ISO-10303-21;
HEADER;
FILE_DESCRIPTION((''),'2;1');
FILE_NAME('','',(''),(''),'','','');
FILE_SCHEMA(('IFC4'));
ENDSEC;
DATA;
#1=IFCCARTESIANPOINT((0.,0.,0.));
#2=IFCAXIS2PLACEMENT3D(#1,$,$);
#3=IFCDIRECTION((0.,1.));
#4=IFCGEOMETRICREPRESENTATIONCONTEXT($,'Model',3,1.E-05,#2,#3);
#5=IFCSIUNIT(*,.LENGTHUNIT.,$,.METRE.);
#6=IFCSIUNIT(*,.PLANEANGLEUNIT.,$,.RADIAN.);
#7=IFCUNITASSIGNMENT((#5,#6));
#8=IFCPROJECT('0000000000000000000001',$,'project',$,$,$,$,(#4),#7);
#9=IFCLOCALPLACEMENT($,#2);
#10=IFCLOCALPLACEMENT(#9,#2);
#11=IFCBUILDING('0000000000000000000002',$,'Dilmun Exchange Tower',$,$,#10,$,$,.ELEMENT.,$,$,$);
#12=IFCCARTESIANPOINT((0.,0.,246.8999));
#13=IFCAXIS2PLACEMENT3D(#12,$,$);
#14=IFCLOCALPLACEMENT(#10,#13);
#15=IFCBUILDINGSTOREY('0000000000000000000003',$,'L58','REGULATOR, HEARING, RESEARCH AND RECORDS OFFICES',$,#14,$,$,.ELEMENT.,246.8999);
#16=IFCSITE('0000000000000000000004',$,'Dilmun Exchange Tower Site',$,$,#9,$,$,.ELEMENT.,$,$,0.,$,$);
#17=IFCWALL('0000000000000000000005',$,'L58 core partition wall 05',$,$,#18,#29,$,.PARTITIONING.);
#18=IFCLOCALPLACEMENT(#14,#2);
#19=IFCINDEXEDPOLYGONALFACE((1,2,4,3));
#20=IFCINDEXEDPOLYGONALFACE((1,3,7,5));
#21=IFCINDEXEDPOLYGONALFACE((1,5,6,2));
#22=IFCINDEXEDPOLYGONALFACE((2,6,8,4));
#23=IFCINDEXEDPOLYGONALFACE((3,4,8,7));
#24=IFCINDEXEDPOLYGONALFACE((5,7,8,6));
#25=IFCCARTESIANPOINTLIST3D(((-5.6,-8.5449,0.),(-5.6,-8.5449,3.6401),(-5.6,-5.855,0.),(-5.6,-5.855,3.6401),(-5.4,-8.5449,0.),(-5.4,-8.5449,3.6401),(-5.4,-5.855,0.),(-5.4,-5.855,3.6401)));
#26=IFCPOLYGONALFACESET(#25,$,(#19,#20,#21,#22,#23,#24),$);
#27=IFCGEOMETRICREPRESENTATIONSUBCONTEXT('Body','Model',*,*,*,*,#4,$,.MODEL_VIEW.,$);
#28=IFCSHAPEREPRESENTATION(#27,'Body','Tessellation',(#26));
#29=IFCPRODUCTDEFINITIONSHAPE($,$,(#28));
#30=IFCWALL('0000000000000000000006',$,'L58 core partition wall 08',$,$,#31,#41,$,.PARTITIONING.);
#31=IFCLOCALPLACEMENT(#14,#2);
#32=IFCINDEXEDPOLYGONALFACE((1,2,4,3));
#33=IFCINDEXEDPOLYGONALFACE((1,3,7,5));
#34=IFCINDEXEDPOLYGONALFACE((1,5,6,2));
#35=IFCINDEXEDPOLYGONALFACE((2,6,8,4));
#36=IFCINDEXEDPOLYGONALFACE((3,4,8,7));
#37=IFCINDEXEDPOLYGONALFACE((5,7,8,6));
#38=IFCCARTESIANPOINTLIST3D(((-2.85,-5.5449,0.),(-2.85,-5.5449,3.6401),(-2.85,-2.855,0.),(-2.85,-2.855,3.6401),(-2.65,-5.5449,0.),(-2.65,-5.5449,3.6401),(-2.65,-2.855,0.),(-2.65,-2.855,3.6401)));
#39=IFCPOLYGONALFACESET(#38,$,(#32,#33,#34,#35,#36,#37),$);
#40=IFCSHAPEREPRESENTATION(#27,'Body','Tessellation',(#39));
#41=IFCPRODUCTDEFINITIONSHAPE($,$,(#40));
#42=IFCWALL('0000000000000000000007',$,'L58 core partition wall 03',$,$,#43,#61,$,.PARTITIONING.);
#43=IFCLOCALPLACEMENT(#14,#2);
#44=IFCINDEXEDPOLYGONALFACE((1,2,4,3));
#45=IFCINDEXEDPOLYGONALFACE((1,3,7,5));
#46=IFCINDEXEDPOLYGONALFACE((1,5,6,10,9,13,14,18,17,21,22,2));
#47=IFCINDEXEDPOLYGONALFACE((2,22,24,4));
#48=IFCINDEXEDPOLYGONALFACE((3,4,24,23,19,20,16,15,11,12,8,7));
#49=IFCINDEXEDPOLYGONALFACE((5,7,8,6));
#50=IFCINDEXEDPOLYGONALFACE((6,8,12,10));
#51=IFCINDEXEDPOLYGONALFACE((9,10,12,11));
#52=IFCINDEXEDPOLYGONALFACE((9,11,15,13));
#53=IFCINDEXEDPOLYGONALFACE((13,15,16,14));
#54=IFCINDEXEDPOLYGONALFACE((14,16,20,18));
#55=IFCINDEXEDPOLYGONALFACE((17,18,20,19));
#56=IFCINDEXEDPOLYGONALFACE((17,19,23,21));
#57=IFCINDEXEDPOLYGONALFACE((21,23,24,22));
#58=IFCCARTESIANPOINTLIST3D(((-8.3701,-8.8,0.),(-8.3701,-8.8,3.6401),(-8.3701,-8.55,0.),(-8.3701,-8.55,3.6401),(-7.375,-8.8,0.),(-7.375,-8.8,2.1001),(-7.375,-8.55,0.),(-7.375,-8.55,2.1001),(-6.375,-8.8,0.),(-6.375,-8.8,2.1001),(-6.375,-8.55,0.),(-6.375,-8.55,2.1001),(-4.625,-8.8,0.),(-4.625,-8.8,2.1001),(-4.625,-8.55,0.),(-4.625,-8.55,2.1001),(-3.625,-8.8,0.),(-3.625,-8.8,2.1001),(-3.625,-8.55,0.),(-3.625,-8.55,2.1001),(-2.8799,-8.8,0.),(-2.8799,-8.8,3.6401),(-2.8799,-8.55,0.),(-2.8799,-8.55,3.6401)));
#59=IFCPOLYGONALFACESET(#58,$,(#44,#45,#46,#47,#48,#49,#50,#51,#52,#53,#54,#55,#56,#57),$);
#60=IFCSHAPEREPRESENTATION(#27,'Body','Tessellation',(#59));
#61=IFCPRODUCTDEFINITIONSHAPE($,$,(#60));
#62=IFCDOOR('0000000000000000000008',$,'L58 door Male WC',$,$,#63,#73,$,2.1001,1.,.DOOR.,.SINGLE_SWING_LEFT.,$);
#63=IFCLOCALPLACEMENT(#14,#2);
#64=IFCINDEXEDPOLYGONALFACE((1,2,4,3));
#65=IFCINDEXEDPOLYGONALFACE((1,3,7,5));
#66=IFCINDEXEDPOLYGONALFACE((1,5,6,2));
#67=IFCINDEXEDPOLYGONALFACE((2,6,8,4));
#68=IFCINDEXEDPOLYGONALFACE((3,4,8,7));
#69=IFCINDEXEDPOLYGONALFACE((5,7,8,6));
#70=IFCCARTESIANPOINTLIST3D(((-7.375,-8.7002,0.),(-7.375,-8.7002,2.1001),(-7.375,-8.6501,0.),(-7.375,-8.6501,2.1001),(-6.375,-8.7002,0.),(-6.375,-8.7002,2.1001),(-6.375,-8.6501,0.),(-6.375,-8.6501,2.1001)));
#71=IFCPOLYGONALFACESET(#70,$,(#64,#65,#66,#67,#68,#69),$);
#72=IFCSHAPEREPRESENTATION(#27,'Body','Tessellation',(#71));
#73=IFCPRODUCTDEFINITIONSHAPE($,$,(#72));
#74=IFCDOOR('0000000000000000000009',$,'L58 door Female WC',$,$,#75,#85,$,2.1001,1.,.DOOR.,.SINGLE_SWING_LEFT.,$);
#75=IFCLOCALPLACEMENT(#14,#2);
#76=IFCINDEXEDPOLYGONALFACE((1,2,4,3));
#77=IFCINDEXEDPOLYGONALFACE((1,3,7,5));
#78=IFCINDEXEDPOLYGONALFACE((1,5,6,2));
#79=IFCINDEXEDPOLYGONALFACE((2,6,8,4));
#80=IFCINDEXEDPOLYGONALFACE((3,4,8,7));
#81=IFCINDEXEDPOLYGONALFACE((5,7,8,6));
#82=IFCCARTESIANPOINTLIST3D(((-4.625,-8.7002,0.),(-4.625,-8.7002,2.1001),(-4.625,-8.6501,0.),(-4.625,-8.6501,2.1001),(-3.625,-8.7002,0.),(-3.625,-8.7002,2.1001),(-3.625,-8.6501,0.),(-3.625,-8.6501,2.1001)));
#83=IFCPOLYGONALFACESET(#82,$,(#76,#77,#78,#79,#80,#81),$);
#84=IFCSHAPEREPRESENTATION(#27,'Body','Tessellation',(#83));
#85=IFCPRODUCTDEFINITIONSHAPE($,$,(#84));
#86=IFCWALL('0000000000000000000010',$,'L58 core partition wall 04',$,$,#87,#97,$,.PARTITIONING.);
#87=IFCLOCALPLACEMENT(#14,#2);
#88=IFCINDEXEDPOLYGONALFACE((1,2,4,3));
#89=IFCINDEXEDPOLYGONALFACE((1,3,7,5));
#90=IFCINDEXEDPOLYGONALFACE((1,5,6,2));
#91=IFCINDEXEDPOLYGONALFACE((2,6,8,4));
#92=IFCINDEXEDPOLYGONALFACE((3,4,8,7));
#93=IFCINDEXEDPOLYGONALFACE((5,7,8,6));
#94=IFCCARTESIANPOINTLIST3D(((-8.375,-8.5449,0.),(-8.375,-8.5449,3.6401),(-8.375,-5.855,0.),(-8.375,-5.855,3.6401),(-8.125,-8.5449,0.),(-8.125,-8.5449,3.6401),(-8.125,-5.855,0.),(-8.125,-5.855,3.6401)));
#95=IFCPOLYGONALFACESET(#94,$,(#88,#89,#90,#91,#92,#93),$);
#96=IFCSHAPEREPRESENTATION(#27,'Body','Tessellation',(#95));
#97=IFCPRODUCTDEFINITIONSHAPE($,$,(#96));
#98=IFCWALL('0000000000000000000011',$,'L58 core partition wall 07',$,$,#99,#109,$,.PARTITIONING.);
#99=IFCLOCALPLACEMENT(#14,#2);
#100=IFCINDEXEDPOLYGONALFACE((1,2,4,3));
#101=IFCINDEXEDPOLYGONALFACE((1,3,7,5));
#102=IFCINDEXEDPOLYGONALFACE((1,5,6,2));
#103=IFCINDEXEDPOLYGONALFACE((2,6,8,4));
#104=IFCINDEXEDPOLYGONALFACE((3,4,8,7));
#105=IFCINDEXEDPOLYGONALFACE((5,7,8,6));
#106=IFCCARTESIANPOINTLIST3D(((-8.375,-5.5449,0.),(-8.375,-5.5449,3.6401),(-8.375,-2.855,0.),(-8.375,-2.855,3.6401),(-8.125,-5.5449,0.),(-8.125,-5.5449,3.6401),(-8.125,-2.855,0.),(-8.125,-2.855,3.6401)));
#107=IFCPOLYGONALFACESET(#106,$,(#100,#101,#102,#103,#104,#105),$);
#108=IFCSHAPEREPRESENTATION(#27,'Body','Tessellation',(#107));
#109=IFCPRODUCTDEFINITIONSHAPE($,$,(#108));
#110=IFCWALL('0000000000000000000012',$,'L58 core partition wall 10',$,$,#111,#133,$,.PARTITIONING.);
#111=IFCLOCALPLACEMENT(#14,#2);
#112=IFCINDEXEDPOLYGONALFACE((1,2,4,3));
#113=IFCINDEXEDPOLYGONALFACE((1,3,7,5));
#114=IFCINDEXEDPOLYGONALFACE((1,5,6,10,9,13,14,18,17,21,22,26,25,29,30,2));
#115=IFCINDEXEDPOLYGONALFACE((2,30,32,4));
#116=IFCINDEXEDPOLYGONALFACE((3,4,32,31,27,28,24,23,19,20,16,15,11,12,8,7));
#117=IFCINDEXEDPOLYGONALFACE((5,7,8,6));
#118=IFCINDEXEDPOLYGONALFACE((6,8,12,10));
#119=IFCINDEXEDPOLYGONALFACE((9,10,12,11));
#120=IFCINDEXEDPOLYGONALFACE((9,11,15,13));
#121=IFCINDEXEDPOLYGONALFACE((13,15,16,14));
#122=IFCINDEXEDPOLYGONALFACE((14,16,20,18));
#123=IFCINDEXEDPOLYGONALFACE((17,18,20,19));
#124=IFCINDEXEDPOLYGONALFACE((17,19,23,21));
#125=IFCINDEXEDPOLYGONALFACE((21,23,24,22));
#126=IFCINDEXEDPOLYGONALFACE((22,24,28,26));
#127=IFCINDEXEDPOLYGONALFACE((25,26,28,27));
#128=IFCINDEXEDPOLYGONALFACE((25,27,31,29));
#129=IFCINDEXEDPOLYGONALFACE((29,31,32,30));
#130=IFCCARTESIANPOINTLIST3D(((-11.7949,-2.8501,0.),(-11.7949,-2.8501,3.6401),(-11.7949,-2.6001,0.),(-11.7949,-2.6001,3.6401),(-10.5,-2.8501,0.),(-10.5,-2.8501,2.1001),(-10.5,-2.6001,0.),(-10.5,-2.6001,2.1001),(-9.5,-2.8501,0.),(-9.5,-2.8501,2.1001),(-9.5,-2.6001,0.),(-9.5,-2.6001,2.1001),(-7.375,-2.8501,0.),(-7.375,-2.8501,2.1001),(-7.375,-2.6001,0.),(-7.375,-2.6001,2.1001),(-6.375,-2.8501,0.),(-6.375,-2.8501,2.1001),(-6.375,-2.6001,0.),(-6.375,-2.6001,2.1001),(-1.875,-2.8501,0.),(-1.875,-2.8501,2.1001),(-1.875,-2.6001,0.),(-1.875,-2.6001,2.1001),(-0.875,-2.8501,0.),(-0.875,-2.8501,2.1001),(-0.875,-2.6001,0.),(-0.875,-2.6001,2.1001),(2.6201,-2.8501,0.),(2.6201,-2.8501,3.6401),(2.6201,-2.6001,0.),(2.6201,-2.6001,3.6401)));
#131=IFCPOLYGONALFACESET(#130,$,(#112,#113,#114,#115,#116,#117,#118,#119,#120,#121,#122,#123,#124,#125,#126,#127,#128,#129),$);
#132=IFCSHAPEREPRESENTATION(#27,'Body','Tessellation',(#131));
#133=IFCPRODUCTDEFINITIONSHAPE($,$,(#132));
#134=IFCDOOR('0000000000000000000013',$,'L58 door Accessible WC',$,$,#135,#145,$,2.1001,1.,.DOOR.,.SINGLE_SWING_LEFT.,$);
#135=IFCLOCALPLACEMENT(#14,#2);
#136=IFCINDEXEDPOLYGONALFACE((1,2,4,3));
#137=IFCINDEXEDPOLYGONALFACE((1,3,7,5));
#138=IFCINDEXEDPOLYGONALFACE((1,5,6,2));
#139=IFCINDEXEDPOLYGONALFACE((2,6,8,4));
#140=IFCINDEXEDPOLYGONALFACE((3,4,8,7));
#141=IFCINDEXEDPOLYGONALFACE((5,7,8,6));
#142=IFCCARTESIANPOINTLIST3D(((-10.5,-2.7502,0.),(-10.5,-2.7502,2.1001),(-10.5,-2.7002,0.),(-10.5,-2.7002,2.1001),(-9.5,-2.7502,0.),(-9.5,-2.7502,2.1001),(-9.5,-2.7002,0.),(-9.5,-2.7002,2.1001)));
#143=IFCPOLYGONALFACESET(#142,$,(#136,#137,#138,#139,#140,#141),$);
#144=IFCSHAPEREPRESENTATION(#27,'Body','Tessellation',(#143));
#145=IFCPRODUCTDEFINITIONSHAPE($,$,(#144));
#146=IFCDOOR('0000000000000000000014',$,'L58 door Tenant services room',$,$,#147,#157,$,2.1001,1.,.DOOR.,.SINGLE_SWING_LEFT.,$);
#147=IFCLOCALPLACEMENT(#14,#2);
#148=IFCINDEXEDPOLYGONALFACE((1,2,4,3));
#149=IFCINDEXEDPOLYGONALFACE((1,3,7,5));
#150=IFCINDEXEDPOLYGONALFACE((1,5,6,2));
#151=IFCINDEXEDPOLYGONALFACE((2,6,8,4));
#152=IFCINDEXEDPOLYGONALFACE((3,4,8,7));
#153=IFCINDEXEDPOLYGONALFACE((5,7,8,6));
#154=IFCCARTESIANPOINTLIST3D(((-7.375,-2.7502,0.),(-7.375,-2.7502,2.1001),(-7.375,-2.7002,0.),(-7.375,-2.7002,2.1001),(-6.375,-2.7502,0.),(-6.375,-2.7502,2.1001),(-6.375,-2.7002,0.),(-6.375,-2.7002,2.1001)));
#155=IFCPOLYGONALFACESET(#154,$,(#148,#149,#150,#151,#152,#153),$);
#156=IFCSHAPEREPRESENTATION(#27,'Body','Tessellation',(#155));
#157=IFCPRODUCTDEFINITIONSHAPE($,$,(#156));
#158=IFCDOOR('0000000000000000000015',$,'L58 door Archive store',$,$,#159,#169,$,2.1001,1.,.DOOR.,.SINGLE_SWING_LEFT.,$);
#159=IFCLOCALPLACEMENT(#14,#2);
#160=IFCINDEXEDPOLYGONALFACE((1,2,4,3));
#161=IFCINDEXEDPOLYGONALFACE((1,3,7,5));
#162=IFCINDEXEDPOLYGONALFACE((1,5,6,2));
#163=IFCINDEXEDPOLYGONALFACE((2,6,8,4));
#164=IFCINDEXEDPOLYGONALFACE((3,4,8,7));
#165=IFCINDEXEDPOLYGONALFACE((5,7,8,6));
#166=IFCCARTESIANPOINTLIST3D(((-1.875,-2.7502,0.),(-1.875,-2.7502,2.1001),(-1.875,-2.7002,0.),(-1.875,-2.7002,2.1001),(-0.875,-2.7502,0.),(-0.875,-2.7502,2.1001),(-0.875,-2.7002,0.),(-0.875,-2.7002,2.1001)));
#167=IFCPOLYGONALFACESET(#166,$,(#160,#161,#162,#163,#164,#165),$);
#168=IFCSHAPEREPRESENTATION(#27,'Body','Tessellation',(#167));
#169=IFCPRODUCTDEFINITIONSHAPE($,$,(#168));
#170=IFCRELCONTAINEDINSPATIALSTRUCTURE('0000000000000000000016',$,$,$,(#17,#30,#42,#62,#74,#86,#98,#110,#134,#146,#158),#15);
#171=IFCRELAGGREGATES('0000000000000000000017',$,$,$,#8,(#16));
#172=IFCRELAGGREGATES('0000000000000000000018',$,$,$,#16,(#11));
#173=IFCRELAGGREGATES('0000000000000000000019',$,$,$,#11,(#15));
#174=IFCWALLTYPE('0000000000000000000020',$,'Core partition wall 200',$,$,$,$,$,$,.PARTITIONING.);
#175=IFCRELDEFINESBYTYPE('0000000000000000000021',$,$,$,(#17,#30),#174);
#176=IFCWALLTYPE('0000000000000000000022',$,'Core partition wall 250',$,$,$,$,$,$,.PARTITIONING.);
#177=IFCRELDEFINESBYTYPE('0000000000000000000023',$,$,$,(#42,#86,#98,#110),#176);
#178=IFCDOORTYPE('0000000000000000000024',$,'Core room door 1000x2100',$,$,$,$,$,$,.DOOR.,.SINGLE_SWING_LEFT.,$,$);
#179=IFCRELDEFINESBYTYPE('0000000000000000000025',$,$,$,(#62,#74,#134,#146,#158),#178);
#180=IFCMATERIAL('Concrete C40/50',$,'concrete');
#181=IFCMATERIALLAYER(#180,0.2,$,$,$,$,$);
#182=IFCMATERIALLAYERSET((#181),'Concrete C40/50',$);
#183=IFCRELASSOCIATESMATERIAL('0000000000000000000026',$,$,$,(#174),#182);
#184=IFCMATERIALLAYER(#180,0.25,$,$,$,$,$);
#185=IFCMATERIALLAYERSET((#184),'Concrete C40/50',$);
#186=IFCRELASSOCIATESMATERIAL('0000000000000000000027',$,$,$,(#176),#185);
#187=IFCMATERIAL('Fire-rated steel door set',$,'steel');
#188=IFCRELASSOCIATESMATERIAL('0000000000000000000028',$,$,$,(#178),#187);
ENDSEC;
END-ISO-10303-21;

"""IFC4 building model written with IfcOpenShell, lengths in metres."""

from ifc_helpers import new_model, si_unit, direction, frame, frame_2d, origin, place, context, subcontext, project, spatial, rectangle, extrude, material, layer, layer_set, type_object, element, fill, save


model = new_model("IFC4")

# Units and contexts
model_context = context("Model", 3, precision=1e-05, world=origin(), true_north=direction((0.0, 1.0)))
body_context = subcontext(model_context, "Body", "Model", "MODEL_VIEW")
ifc_project = project(units=[si_unit("LENGTHUNIT", "METRE"), si_unit("PLANEANGLEUNIT", "RADIAN")], contexts=[model_context])

# Site, building, storey
site_placement = place(None, origin())
site = spatial("IfcSite", under=ifc_project, at=site_placement, Name="Dilmun Exchange Tower Site", CompositionType="ELEMENT", RefElevation=0.0)
building_placement = place(site_placement, origin())
building = spatial("IfcBuilding", under=site, at=building_placement, Name="Dilmun Exchange Tower", CompositionType="ELEMENT")
storey_placement = place(building_placement, frame((0.0, 0.0, 246.8999)))
storey = spatial("IfcBuildingStorey", under=building, at=storey_placement, Name="L58", Description="REGULATOR, HEARING, RESEARCH AND RECORDS OFFICES", CompositionType="ELEMENT", Elevation=246.8999)

# Walls
ifc_material_1 = material(Name="Concrete C40/50", Category="concrete")
ifc_layer_1 = layer(ifc_material_1, 0.2)
ifc_layer_set_1 = layer_set([ifc_layer_1], Name="Concrete C40/50")
wall_type_1 = type_object("IfcWallType", Name="Core partition wall 200", PredefinedType="PARTITIONING", material=ifc_layer_set_1)
for number, where, z_axis, x_axis, name in (
    (1, (-5.5, -8.5449, 0.0), (0.0, 0.0, 1.0), (0.0, 1.0, 0.0), "L58 core partition wall 05"),
    (2, (-2.75, -5.5449, 0.0), (0.0, 0.0, 1.0), (0.0, 1.0, 0.0), "L58 core partition wall 08"),
):
    element("IfcWall", number, at=place(storey_placement, frame(where, z_axis=z_axis, x_axis=x_axis)), inside=storey, type_object=wall_type_1, Name=name, PredefinedType="PARTITIONING", context=body_context, shape_type="SweptSolid", body=[
        extrude(rectangle(XDim=2.6899, YDim=0.2, at=frame_2d((1.345, 0.0))), origin(), (0.0, 0.0, 1.0), 3.6401),
    ])

# Wall, openings, doors
ifc_layer_2 = layer(ifc_material_1, 0.25)
ifc_layer_set_2 = layer_set([ifc_layer_2], Name="Concrete C40/50")
wall_type_2 = type_object("IfcWallType", Name="Core partition wall 250", PredefinedType="PARTITIONING", material=ifc_layer_set_2)
wall_1_placement = place(storey_placement, frame((-8.3701, -8.675, 0.0), z_axis=(0.0, 0.0, 1.0), x_axis=(1.0, 0.0, 0.0)))
wall_1 = element("IfcWall", 3, at=wall_1_placement, inside=storey, type_object=wall_type_2, Name="L58 core partition wall 03", PredefinedType="PARTITIONING", context=body_context, shape_type="SweptSolid", body=[
    extrude(rectangle(XDim=5.4902, YDim=0.25, at=frame_2d((2.7451, 0.0))), origin(), (0.0, 0.0, 1.0), 3.6401),
])
opening_1_placement = place(wall_1_placement, frame((0.9951, 0.0, 0.0)))
opening_1 = element("IfcOpeningElement", 4, at=opening_1_placement, cuts=wall_1, PredefinedType="OPENING", context=body_context, shape_type="SweptSolid", body=[
    extrude(rectangle(XDim=1.0, YDim=2.1001, at=frame_2d((0.5, 1.05))), frame((0.0, 0.135, 0.0), z_axis=(0.0, -1.0, 0.0), x_axis=(1.0, 0.0, 0.0)), (0.0, 0.0, 1.0), 0.27),
])
opening_2_placement = place(wall_1_placement, frame((3.7451, 0.0, 0.0)))
opening_2 = element("IfcOpeningElement", 5, at=opening_2_placement, cuts=wall_1, PredefinedType="OPENING", context=body_context, shape_type="SweptSolid", body=[
    extrude(rectangle(XDim=1.0, YDim=2.1001, at=frame_2d((0.5, 1.05))), frame((0.0, 0.135, 0.0), z_axis=(0.0, -1.0, 0.0), x_axis=(1.0, 0.0, 0.0)), (0.0, 0.0, 1.0), 0.27),
])
ifc_material_2 = material(Name="Fire-rated steel door set", Category="steel")
door_type_1 = type_object("IfcDoorType", Name="Core room door 1000x2100", OperationType="SINGLE_SWING_LEFT", PredefinedType="DOOR", material=ifc_material_2)
door_1_placement = place(opening_1_placement, origin())
door_1 = element("IfcDoor", 6, at=door_1_placement, inside=storey, type_object=door_type_1, Name="L58 door Male WC", OperationType="SINGLE_SWING_LEFT", OverallHeight=2.1001, OverallWidth=1.0, PredefinedType="DOOR", context=body_context, shape_type="SweptSolid", body=[
    extrude(rectangle(XDim=1.0, YDim=2.1001, at=frame_2d((0.5, 1.05))), frame((0.0, 0.0249, 0.0), z_axis=(0.0, -1.0, 0.0), x_axis=(1.0, 0.0, 0.0)), (0.0, 0.0, 1.0), 0.05),
])
fill(opening_1, door_1)
door_2_placement = place(opening_2_placement, origin())
door_2 = element("IfcDoor", 7, at=door_2_placement, inside=storey, type_object=door_type_1, Name="L58 door Female WC", OperationType="SINGLE_SWING_LEFT", OverallHeight=2.1001, OverallWidth=1.0, PredefinedType="DOOR", context=body_context, shape_type="SweptSolid", body=[
    extrude(rectangle(XDim=1.0, YDim=2.1001, at=frame_2d((0.5, 1.05))), frame((0.0, 0.0249, 0.0), z_axis=(0.0, -1.0, 0.0), x_axis=(1.0, 0.0, 0.0)), (0.0, 0.0, 1.0), 0.05),
])
fill(opening_2, door_2)

# Walls
for number, where, z_axis, x_axis, name in (
    (8, (-8.25, -8.5449, 0.0), (0.0, 0.0, 1.0), (0.0, 1.0, 0.0), "L58 core partition wall 04"),
    (9, (-8.25, -5.5449, 0.0), (0.0, 0.0, 1.0), (0.0, 1.0, 0.0), "L58 core partition wall 07"),
):
    element("IfcWall", number, at=place(storey_placement, frame(where, z_axis=z_axis, x_axis=x_axis)), inside=storey, type_object=wall_type_2, Name=name, PredefinedType="PARTITIONING", context=body_context, shape_type="SweptSolid", body=[
        extrude(rectangle(XDim=2.6899, YDim=0.25, at=frame_2d((1.345, 0.0))), origin(), (0.0, 0.0, 1.0), 3.6401),
    ])

# Wall, openings, doors
wall_2_placement = place(storey_placement, frame((-11.7949, -2.7251, 0.0), z_axis=(0.0, 0.0, 1.0), x_axis=(1.0, 0.0, 0.0)))
wall_2 = element("IfcWall", 10, at=wall_2_placement, inside=storey, type_object=wall_type_2, Name="L58 core partition wall 10", PredefinedType="PARTITIONING", context=body_context, shape_type="SweptSolid", body=[
    extrude(rectangle(XDim=14.415, YDim=0.25, at=frame_2d((7.2075, 0.0))), origin(), (0.0, 0.0, 1.0), 3.6401),
])
opening_3_placement = place(wall_2_placement, frame((1.2949, 0.0, 0.0)))
opening_3 = element("IfcOpeningElement", 11, at=opening_3_placement, cuts=wall_2, PredefinedType="OPENING", context=body_context, shape_type="SweptSolid", body=[
    extrude(rectangle(XDim=1.0, YDim=2.1001, at=frame_2d((0.5, 1.05))), frame((0.0, 0.135, 0.0), z_axis=(0.0, -1.0, 0.0), x_axis=(1.0, 0.0, 0.0)), (0.0, 0.0, 1.0), 0.27),
])
opening_4_placement = place(wall_2_placement, frame((4.4199, 0.0, 0.0)))
opening_4 = element("IfcOpeningElement", 12, at=opening_4_placement, cuts=wall_2, PredefinedType="OPENING", context=body_context, shape_type="SweptSolid", body=[
    extrude(rectangle(XDim=1.0, YDim=2.1001, at=frame_2d((0.5, 1.05))), frame((0.0, 0.135, 0.0), z_axis=(0.0, -1.0, 0.0), x_axis=(1.0, 0.0, 0.0)), (0.0, 0.0, 1.0), 0.27),
])
opening_5_placement = place(wall_2_placement, frame((9.9199, 0.0, 0.0)))
opening_5 = element("IfcOpeningElement", 13, at=opening_5_placement, cuts=wall_2, PredefinedType="OPENING", context=body_context, shape_type="SweptSolid", body=[
    extrude(rectangle(XDim=1.0, YDim=2.1001, at=frame_2d((0.5, 1.05))), frame((0.0, 0.135, 0.0), z_axis=(0.0, -1.0, 0.0), x_axis=(1.0, 0.0, 0.0)), (0.0, 0.0, 1.0), 0.27),
])
door_3_placement = place(opening_3_placement, origin())
door_3 = element("IfcDoor", 14, at=door_3_placement, inside=storey, type_object=door_type_1, Name="L58 door Accessible WC", OperationType="SINGLE_SWING_LEFT", OverallHeight=2.1001, OverallWidth=1.0, PredefinedType="DOOR", context=body_context, shape_type="SweptSolid", body=[
    extrude(rectangle(XDim=1.0, YDim=2.1001, at=frame_2d((0.5, 1.05))), frame((0.0, 0.0249, 0.0), z_axis=(0.0, -1.0, 0.0), x_axis=(1.0, 0.0, 0.0)), (0.0, 0.0, 1.0), 0.05),
])
fill(opening_3, door_3)
door_4_placement = place(opening_4_placement, origin())
door_4 = element("IfcDoor", 15, at=door_4_placement, inside=storey, type_object=door_type_1, Name="L58 door Tenant services room", OperationType="SINGLE_SWING_LEFT", OverallHeight=2.1001, OverallWidth=1.0, PredefinedType="DOOR", context=body_context, shape_type="SweptSolid", body=[
    extrude(rectangle(XDim=1.0, YDim=2.1001, at=frame_2d((0.5, 1.05))), frame((0.0, 0.0249, 0.0), z_axis=(0.0, -1.0, 0.0), x_axis=(1.0, 0.0, 0.0)), (0.0, 0.0, 1.0), 0.05),
])
fill(opening_4, door_4)
door_5_placement = place(opening_5_placement, origin())
door_5 = element("IfcDoor", 16, at=door_5_placement, inside=storey, type_object=door_type_1, Name="L58 door Archive store", OperationType="SINGLE_SWING_LEFT", OverallHeight=2.1001, OverallWidth=1.0, PredefinedType="DOOR", context=body_context, shape_type="SweptSolid", body=[
    extrude(rectangle(XDim=1.0, YDim=2.1001, at=frame_2d((0.5, 1.05))), frame((0.0, 0.0249, 0.0), z_axis=(0.0, -1.0, 0.0), x_axis=(1.0, 0.0, 0.0)), (0.0, 0.0, 1.0), 0.05),
])
fill(opening_5, door_5)

save(model, "model.ifc")
